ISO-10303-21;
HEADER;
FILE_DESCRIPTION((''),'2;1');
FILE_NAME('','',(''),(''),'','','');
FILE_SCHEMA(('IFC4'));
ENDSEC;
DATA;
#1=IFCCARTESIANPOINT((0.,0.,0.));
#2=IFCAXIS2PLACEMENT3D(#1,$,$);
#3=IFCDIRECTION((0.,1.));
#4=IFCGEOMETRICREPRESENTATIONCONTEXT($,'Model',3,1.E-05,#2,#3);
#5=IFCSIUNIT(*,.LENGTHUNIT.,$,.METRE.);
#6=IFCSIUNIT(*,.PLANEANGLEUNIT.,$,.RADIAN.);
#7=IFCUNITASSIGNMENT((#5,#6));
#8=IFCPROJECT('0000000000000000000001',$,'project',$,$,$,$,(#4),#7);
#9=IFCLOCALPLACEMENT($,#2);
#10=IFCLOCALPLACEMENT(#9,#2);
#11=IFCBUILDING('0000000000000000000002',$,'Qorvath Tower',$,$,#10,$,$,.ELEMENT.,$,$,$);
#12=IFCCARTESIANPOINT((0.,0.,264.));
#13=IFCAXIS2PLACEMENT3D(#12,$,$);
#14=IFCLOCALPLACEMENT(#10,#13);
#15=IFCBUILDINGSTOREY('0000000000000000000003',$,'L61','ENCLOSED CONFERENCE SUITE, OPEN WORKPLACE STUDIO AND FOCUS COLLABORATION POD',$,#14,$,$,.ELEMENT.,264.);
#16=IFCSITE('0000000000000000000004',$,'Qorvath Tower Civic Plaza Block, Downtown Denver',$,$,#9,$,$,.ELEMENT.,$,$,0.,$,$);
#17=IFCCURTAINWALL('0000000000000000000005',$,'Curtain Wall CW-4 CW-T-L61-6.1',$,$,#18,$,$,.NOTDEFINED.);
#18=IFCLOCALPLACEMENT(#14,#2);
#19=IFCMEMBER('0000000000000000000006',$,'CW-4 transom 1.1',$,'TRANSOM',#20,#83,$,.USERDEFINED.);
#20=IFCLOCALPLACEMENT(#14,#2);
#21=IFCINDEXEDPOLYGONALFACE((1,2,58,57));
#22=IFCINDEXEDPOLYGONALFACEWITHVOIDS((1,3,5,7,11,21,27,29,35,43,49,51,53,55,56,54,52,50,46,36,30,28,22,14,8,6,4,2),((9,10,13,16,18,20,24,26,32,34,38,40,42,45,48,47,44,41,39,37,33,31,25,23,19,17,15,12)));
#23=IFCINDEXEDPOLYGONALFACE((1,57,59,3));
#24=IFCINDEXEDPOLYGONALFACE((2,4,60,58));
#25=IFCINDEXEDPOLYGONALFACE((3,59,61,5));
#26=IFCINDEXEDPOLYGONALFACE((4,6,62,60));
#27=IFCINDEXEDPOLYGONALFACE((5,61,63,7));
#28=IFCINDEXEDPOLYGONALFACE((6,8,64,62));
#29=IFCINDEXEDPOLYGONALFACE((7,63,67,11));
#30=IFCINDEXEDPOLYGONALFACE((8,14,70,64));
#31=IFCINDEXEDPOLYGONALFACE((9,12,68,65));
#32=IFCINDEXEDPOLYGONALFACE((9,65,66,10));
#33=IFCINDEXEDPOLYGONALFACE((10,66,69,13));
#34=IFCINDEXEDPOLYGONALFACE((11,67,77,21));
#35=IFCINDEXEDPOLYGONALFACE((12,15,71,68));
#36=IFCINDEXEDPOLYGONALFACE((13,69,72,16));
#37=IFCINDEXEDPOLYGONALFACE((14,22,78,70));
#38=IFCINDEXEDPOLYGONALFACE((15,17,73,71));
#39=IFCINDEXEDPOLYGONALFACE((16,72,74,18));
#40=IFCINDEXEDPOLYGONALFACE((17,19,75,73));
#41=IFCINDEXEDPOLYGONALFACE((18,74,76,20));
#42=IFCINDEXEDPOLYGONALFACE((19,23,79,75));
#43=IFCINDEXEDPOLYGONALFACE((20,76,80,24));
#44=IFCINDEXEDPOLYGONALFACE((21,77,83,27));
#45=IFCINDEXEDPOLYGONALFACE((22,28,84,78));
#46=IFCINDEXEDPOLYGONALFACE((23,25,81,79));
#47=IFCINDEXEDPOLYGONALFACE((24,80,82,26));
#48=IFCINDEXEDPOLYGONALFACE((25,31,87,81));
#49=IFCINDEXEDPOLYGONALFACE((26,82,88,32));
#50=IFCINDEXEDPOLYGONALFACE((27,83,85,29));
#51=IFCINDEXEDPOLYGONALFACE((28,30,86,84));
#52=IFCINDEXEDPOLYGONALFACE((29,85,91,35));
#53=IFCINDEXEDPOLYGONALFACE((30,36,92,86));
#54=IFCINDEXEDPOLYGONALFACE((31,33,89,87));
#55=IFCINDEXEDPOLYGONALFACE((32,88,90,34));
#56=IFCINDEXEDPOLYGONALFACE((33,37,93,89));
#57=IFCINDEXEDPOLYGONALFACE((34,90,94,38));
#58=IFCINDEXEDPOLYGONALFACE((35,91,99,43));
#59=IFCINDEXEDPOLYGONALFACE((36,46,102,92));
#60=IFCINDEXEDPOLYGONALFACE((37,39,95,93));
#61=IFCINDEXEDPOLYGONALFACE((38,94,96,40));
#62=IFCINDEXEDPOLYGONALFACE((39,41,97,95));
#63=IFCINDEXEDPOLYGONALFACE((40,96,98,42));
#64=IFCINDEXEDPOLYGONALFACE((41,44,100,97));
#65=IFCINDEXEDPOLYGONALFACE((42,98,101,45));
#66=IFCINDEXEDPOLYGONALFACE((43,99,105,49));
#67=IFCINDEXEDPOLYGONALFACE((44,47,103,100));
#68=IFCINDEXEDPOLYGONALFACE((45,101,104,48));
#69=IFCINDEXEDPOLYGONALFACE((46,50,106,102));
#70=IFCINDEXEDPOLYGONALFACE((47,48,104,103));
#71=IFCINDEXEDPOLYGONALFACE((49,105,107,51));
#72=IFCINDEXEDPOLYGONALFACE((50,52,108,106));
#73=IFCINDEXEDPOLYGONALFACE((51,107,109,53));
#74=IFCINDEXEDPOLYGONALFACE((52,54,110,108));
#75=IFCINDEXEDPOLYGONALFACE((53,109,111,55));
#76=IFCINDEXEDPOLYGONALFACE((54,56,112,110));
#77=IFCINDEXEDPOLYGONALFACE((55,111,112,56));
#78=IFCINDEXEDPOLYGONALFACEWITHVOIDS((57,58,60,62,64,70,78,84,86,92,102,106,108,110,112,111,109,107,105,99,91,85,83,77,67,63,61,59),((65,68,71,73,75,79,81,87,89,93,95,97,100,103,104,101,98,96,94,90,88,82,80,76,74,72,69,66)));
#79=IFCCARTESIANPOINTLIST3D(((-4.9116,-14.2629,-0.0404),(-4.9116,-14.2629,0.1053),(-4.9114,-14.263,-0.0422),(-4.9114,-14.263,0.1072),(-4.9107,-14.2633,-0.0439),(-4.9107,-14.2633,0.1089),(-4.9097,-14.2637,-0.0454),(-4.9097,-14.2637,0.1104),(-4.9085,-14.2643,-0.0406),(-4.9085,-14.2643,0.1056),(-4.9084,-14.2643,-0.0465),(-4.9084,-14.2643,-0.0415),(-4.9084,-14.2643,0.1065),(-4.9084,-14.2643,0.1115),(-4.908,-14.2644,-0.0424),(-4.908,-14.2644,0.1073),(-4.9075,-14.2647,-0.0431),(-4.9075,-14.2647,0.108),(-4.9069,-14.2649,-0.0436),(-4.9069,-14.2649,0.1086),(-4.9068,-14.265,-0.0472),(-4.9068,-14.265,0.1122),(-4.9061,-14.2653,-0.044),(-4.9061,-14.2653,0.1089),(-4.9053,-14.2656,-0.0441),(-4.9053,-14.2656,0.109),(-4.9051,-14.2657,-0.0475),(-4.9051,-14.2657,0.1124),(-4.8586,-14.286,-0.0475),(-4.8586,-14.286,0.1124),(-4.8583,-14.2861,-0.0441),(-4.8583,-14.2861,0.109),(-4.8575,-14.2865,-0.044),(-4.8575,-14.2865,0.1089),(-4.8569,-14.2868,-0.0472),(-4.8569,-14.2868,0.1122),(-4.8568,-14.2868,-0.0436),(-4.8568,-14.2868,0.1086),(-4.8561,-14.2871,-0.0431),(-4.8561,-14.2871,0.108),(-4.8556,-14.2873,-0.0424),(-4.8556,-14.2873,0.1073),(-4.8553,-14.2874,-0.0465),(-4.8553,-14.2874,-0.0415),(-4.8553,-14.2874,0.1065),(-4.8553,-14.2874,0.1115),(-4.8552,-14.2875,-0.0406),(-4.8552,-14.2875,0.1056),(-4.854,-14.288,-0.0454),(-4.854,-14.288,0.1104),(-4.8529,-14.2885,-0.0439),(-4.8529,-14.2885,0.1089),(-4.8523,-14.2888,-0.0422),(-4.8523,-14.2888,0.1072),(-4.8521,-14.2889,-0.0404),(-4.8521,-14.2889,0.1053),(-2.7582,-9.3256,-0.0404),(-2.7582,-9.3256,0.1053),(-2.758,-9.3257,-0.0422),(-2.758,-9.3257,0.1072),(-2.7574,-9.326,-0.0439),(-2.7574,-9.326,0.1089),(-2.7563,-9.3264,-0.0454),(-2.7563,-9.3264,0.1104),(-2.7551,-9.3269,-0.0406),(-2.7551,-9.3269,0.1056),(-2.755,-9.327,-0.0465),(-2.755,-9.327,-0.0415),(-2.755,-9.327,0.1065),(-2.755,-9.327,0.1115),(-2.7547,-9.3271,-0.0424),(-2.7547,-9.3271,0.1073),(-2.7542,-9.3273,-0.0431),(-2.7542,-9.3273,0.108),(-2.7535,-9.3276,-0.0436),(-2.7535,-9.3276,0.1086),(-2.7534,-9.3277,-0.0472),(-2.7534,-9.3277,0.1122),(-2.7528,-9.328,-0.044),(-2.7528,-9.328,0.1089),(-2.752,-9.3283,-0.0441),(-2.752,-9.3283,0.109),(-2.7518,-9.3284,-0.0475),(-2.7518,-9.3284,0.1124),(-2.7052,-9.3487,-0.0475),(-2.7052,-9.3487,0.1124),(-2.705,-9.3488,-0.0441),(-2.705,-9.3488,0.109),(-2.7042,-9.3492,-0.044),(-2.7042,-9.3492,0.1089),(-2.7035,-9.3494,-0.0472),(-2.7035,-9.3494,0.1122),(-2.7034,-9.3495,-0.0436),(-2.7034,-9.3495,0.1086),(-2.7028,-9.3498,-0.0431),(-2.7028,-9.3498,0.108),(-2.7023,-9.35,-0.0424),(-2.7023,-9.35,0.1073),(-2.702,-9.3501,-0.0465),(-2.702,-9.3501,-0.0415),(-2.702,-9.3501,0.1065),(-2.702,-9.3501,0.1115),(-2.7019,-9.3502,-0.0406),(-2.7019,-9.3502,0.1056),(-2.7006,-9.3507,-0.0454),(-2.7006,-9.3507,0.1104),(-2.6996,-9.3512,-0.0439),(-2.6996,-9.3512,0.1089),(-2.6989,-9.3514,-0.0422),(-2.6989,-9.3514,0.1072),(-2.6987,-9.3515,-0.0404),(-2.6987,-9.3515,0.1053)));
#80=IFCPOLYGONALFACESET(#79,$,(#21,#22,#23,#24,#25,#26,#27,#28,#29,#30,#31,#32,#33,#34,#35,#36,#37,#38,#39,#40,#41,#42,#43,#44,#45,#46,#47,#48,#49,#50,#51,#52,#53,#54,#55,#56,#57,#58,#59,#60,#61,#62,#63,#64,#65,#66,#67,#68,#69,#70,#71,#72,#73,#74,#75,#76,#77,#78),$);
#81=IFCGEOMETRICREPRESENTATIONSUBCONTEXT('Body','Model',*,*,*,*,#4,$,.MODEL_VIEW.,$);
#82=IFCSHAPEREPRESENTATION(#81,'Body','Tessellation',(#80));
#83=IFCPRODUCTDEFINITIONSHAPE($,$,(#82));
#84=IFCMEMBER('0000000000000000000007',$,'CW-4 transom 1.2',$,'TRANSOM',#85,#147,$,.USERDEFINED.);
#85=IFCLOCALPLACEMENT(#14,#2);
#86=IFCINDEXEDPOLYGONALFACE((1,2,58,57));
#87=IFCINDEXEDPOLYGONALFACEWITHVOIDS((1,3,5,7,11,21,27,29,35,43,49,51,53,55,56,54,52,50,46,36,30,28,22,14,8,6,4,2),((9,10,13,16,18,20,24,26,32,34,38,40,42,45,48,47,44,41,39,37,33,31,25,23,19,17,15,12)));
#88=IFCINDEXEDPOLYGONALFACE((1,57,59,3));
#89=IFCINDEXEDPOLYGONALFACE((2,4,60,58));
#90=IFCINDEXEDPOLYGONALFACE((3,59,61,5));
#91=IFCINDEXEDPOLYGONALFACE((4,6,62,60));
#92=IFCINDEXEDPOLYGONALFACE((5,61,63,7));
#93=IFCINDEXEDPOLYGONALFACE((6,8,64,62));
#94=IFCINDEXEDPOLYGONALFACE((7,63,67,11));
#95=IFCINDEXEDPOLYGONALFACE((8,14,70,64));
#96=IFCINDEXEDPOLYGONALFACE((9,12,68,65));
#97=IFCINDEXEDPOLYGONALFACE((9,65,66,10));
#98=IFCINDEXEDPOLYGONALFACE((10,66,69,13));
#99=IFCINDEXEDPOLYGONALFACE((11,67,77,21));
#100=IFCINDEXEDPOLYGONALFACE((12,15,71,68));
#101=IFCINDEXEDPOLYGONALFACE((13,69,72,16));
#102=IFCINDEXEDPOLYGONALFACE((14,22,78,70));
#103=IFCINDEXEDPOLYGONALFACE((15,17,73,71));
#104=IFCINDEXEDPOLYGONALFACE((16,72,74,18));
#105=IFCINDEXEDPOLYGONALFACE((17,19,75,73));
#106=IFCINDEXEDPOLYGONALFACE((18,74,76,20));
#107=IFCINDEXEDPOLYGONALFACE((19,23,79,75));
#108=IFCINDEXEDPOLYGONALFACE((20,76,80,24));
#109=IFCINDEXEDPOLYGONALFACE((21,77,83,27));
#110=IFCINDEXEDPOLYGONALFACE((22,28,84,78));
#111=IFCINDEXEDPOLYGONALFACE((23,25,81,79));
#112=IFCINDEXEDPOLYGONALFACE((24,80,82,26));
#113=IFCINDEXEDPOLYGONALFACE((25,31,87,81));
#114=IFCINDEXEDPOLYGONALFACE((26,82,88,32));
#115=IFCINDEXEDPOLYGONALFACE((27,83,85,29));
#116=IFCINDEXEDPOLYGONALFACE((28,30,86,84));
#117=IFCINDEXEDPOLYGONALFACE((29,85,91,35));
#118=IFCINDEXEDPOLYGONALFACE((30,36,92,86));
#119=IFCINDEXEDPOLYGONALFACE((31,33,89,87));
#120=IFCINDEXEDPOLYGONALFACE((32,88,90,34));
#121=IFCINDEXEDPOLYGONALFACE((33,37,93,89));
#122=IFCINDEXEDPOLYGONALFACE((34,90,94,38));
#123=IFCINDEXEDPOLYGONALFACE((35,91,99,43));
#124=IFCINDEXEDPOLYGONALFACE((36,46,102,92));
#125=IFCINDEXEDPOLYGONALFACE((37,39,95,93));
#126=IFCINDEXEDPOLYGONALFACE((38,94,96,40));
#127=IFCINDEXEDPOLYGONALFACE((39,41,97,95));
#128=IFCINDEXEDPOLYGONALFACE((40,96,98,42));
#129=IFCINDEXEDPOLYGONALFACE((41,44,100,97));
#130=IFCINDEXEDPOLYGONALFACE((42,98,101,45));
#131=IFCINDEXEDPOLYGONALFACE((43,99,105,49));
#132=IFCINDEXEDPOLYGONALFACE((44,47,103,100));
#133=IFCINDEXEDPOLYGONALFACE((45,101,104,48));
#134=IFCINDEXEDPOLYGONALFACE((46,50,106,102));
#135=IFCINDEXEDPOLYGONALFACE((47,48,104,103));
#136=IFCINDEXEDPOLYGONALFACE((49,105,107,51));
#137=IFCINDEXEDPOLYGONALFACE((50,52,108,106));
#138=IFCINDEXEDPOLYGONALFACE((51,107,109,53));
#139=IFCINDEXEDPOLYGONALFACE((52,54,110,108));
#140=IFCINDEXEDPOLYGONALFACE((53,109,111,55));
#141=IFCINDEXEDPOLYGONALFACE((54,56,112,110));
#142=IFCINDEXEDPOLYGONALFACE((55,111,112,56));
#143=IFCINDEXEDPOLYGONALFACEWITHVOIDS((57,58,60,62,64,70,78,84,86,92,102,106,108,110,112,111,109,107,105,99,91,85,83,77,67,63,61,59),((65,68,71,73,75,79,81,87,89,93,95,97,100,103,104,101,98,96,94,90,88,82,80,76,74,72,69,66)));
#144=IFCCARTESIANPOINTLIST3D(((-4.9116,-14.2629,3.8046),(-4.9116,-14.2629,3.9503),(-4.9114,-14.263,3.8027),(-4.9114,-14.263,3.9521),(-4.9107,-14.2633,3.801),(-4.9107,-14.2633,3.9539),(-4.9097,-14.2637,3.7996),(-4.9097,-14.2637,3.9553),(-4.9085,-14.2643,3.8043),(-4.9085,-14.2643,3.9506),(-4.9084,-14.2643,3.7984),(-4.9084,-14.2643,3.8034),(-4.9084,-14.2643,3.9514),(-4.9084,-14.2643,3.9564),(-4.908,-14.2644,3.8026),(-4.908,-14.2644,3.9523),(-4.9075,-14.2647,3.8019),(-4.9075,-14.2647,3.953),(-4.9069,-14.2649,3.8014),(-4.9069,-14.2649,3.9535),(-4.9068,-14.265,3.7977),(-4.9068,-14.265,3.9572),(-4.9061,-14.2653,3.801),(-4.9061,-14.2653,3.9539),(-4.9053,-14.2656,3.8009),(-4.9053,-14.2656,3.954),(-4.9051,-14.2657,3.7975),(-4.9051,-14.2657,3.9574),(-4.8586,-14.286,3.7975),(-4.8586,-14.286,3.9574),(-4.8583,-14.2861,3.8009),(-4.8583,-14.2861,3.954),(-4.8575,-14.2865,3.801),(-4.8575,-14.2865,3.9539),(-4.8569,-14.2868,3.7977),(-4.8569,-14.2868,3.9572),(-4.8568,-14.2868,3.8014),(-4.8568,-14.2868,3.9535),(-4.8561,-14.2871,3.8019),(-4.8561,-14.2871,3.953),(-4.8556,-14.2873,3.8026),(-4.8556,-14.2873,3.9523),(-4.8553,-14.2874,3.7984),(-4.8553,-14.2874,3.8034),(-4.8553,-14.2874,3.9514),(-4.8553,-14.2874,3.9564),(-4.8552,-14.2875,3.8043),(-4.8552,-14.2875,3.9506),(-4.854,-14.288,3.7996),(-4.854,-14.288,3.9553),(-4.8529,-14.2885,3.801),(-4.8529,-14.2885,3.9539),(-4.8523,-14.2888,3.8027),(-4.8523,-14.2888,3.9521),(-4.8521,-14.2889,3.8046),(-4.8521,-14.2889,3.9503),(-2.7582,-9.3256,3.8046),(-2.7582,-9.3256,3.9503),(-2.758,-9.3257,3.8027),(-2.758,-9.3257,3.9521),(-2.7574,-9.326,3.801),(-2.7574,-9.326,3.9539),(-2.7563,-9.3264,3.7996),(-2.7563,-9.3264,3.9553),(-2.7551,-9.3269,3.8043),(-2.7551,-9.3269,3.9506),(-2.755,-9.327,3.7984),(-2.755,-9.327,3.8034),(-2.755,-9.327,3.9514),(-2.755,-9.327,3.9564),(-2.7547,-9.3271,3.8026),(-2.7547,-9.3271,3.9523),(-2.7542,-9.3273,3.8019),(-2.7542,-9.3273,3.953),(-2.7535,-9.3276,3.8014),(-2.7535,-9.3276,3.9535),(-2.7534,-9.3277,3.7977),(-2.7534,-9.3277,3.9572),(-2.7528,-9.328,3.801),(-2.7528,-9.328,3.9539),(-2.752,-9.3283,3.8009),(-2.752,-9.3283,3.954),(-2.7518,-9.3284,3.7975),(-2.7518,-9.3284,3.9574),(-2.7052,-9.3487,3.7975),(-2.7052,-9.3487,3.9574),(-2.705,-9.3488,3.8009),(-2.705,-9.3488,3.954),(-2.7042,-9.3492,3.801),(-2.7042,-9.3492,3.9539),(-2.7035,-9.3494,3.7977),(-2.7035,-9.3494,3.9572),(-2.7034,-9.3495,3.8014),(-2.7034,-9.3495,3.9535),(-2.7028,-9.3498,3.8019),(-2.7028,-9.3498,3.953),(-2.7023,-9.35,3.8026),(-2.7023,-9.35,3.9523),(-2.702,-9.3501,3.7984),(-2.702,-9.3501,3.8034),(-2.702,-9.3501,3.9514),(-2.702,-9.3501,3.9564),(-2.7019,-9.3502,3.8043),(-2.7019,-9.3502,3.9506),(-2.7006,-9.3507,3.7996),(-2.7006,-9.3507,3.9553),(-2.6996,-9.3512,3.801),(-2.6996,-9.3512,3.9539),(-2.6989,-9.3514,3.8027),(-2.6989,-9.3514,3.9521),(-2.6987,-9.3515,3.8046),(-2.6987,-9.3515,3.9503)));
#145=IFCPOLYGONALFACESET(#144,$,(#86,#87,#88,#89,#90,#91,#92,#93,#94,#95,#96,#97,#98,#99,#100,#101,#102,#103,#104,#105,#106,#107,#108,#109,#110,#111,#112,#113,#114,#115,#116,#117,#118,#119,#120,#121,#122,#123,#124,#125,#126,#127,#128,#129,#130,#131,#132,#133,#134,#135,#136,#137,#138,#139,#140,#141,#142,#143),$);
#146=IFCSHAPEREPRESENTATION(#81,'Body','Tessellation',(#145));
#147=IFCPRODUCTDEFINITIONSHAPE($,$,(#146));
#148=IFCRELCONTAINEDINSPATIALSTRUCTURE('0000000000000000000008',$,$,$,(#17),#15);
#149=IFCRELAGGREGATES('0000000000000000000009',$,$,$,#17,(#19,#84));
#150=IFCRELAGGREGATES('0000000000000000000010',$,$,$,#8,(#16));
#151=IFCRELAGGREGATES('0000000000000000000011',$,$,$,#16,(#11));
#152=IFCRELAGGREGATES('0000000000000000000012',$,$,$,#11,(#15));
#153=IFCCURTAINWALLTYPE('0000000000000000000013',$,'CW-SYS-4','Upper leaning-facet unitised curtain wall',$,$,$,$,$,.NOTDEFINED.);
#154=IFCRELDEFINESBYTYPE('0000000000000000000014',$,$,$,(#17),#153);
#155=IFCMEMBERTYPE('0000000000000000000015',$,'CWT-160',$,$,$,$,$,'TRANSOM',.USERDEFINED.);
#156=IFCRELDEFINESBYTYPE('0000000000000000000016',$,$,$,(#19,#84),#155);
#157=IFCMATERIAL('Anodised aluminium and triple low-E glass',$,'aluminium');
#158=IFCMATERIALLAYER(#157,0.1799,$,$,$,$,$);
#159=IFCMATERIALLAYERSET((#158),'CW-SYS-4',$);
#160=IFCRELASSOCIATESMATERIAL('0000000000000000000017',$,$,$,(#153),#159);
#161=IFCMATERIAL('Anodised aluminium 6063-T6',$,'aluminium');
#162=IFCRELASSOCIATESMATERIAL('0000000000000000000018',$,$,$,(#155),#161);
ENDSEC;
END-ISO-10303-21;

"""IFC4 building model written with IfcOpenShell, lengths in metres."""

from ifc_helpers import new_model, si_unit, direction, frame, origin, origin_2d, place, context, subcontext, project, spatial, hollow_rectangle, extrude, material, layer, layer_set, material_profile, profile_set, type_object, element, aggregate, save


model = new_model("IFC4")

# Units and contexts
model_context = context("Model", 3, precision=1e-05, world=origin(), true_north=direction((0.0, 1.0)))
body_context = subcontext(model_context, "Body", "Model", "MODEL_VIEW")
ifc_project = project(units=[si_unit("LENGTHUNIT", "METRE"), si_unit("PLANEANGLEUNIT", "RADIAN")], contexts=[model_context])

# Site, building, storey
site_placement = place(None, origin())
site = spatial("IfcSite", under=ifc_project, at=site_placement, Name="Qorvath Tower Civic Plaza Block, Downtown Denver", CompositionType="ELEMENT", RefElevation=0.0)
building_placement = place(site_placement, origin())
building = spatial("IfcBuilding", under=site, at=building_placement, Name="Qorvath Tower", CompositionType="ELEMENT")
storey_placement = place(building_placement, frame((0.0, 0.0, 264.0)))
storey = spatial("IfcBuildingStorey", under=building, at=storey_placement, Name="L61", Description="ENCLOSED CONFERENCE SUITE, OPEN WORKPLACE STUDIO AND FOCUS COLLABORATION POD", CompositionType="ELEMENT", Elevation=264.0)

# Shared definitions
ifc_material_1 = material(Name="Anodised aluminium and triple low-E glass", Category="aluminium")
ifc_layer_1 = layer(ifc_material_1, 0.1799)
ifc_layer_set_1 = layer_set([ifc_layer_1], Name="CW-SYS-4")
curtain_wall_type = type_object("IfcCurtainWallType", Name="CW-SYS-4", Description="Upper leaning-facet unitised curtain wall", PredefinedType="NOTDEFINED", material=ifc_layer_set_1)

# Curtain wall
curtain_wall_1_placement = place(storey_placement, origin())
curtain_wall_1 = element("IfcCurtainWall", 1, at=curtain_wall_1_placement, inside=storey, type_object=curtain_wall_type, Name="Curtain Wall CW-4 CW-T-L61-6.1", PredefinedType="NOTDEFINED")

# Members
ifc_material_2 = material(Name="Anodised aluminium 6063-T6", Category="aluminium")
ifc_material_profile_1 = material_profile(ifc_material_2, hollow_rectangle(XDim=0.0649, YDim=0.1599, WallThickness=0.0034, InnerFilletRadius=0.0034, OuterFilletRadius=0.0071, at=origin_2d()), Name="CWT 160x65")
ifc_profile_set_1 = profile_set([ifc_material_profile_1], Name="Anodised aluminium 6063-T6")
member_type_1 = type_object("IfcMemberType", Name="CWT-160", ElementType="TRANSOM", PredefinedType="USERDEFINED", material=ifc_profile_set_1)
member_1_placement = place(storey_placement, frame((-4.8818, -14.2759, 0.0325), z_axis=(0.39977, 0.916615, 0.0), x_axis=(-0.916615, 0.39977, 0.0)))
member_1 = element("IfcMember", 2, at=member_1_placement, type_object=member_type_1, Name="CW-4 transom 1.1", ObjectType="TRANSOM", PredefinedType="USERDEFINED", context=body_context, shape_type="SweptSolid", body=[
    extrude(hollow_rectangle(XDim=0.0649, YDim=0.1599, WallThickness=0.0034, InnerFilletRadius=0.0034, OuterFilletRadius=0.0071, at=origin_2d()), origin(), (0.0, 0.0, 1.0), 5.3865),
])
member_2_placement = place(storey_placement, frame((-4.8818, -14.2759, 3.8774), z_axis=(0.39977, 0.916615, 0.0), x_axis=(-0.916615, 0.39977, 0.0)))
member_2 = element("IfcMember", 3, at=member_2_placement, type_object=member_type_1, Name="CW-4 transom 1.2", ObjectType="TRANSOM", PredefinedType="USERDEFINED", context=body_context, shape_type="SweptSolid", body=[
    extrude(hollow_rectangle(XDim=0.0649, YDim=0.1599, WallThickness=0.0034, InnerFilletRadius=0.0034, OuterFilletRadius=0.0071, at=origin_2d()), origin(), (0.0, 0.0, 1.0), 5.3865),
])

aggregate(curtain_wall_1, [member_1, member_2])

save(model, "model.ifc")
